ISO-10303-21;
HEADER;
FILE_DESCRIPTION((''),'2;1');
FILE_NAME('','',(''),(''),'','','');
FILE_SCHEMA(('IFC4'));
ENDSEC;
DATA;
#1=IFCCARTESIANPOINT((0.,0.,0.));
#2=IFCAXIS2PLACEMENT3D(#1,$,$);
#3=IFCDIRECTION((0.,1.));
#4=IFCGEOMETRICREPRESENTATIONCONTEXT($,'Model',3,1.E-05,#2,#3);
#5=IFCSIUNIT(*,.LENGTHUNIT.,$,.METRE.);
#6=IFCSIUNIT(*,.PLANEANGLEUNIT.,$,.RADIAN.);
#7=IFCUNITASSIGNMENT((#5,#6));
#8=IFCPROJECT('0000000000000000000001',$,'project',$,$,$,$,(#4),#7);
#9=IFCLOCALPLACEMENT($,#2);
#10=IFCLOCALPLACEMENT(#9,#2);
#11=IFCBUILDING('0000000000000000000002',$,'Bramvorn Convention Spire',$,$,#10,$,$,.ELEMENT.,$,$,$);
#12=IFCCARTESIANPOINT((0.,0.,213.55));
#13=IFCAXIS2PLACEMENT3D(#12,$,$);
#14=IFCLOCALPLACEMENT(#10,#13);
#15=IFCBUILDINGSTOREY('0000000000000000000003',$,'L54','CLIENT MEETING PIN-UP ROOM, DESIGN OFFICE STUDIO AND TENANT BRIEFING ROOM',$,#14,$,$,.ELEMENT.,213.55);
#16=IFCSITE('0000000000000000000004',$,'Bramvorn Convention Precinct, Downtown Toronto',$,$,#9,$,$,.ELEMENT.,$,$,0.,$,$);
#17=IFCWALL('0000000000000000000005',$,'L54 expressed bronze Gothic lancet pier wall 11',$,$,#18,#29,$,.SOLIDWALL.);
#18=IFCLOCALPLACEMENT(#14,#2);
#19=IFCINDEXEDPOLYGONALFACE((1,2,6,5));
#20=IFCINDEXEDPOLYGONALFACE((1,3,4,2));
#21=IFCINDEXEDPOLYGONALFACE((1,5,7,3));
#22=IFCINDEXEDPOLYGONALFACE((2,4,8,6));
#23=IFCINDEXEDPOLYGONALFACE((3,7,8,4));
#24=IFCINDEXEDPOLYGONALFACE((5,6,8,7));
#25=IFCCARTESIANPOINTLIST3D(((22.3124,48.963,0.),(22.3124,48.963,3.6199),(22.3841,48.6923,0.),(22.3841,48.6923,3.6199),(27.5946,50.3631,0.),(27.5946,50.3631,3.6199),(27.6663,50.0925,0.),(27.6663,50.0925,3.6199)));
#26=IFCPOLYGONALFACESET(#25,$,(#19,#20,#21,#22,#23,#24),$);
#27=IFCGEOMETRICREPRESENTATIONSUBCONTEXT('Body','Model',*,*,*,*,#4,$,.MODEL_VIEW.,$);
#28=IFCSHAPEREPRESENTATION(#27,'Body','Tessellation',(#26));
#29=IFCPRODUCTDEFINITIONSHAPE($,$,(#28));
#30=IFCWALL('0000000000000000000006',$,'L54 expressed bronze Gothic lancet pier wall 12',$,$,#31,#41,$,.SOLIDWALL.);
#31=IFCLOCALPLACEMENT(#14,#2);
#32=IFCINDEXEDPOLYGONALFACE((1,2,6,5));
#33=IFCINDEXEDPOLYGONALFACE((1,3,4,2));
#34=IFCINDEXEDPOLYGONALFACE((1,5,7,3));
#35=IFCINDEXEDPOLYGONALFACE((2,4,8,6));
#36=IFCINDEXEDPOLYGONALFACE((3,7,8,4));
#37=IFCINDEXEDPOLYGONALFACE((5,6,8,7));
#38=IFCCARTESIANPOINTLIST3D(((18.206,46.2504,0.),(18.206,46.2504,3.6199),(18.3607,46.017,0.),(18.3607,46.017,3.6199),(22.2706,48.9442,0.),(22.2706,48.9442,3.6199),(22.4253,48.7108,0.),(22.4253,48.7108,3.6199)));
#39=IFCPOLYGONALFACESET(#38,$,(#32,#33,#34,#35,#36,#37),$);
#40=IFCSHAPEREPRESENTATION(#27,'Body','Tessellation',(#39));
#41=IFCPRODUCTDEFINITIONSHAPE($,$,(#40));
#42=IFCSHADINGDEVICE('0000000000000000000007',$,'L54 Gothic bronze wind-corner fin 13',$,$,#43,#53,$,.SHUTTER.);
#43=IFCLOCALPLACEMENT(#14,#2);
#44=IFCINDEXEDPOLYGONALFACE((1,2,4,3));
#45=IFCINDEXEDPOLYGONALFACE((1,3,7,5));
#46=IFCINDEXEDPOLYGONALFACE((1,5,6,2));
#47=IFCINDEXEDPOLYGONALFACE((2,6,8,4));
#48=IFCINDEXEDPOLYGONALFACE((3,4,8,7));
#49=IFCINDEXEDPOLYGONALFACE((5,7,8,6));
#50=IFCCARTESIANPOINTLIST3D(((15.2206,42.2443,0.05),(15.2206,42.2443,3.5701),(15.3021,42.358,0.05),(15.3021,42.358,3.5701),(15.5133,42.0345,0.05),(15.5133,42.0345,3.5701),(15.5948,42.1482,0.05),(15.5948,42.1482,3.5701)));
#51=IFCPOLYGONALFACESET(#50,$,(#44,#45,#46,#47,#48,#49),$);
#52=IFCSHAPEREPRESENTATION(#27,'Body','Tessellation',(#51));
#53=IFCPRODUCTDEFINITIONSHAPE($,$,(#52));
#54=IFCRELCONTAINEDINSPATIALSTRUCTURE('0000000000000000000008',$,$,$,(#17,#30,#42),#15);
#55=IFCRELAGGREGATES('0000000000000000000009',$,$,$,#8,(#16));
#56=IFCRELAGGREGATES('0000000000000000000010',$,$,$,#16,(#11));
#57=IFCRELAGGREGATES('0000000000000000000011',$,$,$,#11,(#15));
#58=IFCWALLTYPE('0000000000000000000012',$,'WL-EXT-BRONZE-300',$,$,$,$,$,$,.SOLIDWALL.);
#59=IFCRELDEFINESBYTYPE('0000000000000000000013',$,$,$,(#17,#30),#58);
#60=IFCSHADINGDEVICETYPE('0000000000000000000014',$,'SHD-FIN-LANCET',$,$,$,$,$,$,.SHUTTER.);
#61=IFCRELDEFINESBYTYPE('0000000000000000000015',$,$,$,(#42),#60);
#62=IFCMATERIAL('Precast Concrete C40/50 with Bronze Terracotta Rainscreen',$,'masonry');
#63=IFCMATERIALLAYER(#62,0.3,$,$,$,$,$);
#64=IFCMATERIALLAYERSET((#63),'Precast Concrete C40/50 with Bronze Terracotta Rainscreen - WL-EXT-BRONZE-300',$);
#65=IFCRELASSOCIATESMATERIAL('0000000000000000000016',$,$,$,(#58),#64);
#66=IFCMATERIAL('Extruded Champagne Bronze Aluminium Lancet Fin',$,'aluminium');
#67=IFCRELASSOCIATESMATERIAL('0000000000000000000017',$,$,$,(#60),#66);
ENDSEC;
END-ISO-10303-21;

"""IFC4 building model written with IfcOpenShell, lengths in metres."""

from ifc_helpers import new_model, si_unit, direction, frame, frame_2d, origin, origin_2d, place, context, subcontext, project, spatial, rectangle, extrude, material, layer, layer_set, type_object, element, save


model = new_model("IFC4")

# Units and contexts
model_context = context("Model", 3, precision=1e-05, world=origin(), true_north=direction((0.0, 1.0)))
body_context = subcontext(model_context, "Body", "Model", "MODEL_VIEW")
ifc_project = project(units=[si_unit("LENGTHUNIT", "METRE"), si_unit("PLANEANGLEUNIT", "RADIAN")], contexts=[model_context])

# Site, building, storey
site_placement = place(None, origin())
site = spatial("IfcSite", under=ifc_project, at=site_placement, Name="Bramvorn Convention Precinct, Downtown Toronto", CompositionType="ELEMENT", RefElevation=0.0)
building_placement = place(site_placement, origin())
building = spatial("IfcBuilding", under=site, at=building_placement, Name="Bramvorn Convention Spire", CompositionType="ELEMENT")
storey_placement = place(building_placement, frame((0.0, 0.0, 213.55)))
storey = spatial("IfcBuildingStorey", under=building, at=storey_placement, Name="L54", Description="CLIENT MEETING PIN-UP ROOM, DESIGN OFFICE STUDIO AND TENANT BRIEFING ROOM", CompositionType="ELEMENT", Elevation=213.55)

# Walls
ifc_material_1 = material(Name="Precast Concrete C40/50 with Bronze Terracotta Rainscreen", Category="masonry")
ifc_layer_1 = layer(ifc_material_1, 0.3)
ifc_layer_set_1 = layer_set([ifc_layer_1], Name="Precast Concrete C40/50 with Bronze Terracotta Rainscreen - WL-EXT-BRONZE-300")
wall_type = type_object("IfcWallType", Name="WL-EXT-BRONZE-300", PredefinedType="SOLIDWALL", material=ifc_layer_set_1)
wall_1_placement = place(storey_placement, frame((22.3481, 48.8276, 0.0), z_axis=(0.0, 0.0, 1.0), x_axis=(0.966619, 0.256219, 0.0)))
element("IfcWall", 1, at=wall_1_placement, inside=storey, type_object=wall_type, Name="L54 expressed bronze Gothic lancet pier wall 11", PredefinedType="SOLIDWALL", context=body_context, shape_type="SweptSolid", body=[
    extrude(rectangle(XDim=5.4646, YDim=0.28, at=frame_2d((2.7324, 0.0))), origin(), (0.0, 0.0, 1.0), 3.6199),
])
wall_2_placement = place(storey_placement, frame((18.2834, 46.1338, 0.0), z_axis=(0.0, 0.0, 1.0), x_axis=(0.833557, 0.552434, 0.0)))
element("IfcWall", 2, at=wall_2_placement, inside=storey, type_object=wall_type, Name="L54 expressed bronze Gothic lancet pier wall 12", PredefinedType="SOLIDWALL", context=body_context, shape_type="SweptSolid", body=[
    extrude(rectangle(XDim=4.8762, YDim=0.28, at=frame_2d((2.438, 0.0))), origin(), (0.0, 0.0, 1.0), 3.6199),
])

# Shading device
ifc_material_2 = material(Name="Extruded Champagne Bronze Aluminium Lancet Fin", Category="aluminium")
shading_device_type = type_object("IfcShadingDeviceType", Name="SHD-FIN-LANCET", PredefinedType="SHUTTER", material=ifc_material_2)
shading_device_placement = place(storey_placement, frame((15.4077, 42.1963, 0.05), z_axis=(0.0, 0.0, 1.0), x_axis=(-0.812729, 0.582641, 0.0)))
element("IfcShadingDevice", 3, at=shading_device_placement, inside=storey, type_object=shading_device_type, Name="L54 Gothic bronze wind-corner fin 13", PredefinedType="SHUTTER", context=body_context, shape_type="SweptSolid", body=[
    extrude(rectangle(XDim=0.3601, YDim=0.1399, at=origin_2d()), origin(), (0.0, 0.0, 1.0), 3.52),
])

save(model, "model.ifc")
